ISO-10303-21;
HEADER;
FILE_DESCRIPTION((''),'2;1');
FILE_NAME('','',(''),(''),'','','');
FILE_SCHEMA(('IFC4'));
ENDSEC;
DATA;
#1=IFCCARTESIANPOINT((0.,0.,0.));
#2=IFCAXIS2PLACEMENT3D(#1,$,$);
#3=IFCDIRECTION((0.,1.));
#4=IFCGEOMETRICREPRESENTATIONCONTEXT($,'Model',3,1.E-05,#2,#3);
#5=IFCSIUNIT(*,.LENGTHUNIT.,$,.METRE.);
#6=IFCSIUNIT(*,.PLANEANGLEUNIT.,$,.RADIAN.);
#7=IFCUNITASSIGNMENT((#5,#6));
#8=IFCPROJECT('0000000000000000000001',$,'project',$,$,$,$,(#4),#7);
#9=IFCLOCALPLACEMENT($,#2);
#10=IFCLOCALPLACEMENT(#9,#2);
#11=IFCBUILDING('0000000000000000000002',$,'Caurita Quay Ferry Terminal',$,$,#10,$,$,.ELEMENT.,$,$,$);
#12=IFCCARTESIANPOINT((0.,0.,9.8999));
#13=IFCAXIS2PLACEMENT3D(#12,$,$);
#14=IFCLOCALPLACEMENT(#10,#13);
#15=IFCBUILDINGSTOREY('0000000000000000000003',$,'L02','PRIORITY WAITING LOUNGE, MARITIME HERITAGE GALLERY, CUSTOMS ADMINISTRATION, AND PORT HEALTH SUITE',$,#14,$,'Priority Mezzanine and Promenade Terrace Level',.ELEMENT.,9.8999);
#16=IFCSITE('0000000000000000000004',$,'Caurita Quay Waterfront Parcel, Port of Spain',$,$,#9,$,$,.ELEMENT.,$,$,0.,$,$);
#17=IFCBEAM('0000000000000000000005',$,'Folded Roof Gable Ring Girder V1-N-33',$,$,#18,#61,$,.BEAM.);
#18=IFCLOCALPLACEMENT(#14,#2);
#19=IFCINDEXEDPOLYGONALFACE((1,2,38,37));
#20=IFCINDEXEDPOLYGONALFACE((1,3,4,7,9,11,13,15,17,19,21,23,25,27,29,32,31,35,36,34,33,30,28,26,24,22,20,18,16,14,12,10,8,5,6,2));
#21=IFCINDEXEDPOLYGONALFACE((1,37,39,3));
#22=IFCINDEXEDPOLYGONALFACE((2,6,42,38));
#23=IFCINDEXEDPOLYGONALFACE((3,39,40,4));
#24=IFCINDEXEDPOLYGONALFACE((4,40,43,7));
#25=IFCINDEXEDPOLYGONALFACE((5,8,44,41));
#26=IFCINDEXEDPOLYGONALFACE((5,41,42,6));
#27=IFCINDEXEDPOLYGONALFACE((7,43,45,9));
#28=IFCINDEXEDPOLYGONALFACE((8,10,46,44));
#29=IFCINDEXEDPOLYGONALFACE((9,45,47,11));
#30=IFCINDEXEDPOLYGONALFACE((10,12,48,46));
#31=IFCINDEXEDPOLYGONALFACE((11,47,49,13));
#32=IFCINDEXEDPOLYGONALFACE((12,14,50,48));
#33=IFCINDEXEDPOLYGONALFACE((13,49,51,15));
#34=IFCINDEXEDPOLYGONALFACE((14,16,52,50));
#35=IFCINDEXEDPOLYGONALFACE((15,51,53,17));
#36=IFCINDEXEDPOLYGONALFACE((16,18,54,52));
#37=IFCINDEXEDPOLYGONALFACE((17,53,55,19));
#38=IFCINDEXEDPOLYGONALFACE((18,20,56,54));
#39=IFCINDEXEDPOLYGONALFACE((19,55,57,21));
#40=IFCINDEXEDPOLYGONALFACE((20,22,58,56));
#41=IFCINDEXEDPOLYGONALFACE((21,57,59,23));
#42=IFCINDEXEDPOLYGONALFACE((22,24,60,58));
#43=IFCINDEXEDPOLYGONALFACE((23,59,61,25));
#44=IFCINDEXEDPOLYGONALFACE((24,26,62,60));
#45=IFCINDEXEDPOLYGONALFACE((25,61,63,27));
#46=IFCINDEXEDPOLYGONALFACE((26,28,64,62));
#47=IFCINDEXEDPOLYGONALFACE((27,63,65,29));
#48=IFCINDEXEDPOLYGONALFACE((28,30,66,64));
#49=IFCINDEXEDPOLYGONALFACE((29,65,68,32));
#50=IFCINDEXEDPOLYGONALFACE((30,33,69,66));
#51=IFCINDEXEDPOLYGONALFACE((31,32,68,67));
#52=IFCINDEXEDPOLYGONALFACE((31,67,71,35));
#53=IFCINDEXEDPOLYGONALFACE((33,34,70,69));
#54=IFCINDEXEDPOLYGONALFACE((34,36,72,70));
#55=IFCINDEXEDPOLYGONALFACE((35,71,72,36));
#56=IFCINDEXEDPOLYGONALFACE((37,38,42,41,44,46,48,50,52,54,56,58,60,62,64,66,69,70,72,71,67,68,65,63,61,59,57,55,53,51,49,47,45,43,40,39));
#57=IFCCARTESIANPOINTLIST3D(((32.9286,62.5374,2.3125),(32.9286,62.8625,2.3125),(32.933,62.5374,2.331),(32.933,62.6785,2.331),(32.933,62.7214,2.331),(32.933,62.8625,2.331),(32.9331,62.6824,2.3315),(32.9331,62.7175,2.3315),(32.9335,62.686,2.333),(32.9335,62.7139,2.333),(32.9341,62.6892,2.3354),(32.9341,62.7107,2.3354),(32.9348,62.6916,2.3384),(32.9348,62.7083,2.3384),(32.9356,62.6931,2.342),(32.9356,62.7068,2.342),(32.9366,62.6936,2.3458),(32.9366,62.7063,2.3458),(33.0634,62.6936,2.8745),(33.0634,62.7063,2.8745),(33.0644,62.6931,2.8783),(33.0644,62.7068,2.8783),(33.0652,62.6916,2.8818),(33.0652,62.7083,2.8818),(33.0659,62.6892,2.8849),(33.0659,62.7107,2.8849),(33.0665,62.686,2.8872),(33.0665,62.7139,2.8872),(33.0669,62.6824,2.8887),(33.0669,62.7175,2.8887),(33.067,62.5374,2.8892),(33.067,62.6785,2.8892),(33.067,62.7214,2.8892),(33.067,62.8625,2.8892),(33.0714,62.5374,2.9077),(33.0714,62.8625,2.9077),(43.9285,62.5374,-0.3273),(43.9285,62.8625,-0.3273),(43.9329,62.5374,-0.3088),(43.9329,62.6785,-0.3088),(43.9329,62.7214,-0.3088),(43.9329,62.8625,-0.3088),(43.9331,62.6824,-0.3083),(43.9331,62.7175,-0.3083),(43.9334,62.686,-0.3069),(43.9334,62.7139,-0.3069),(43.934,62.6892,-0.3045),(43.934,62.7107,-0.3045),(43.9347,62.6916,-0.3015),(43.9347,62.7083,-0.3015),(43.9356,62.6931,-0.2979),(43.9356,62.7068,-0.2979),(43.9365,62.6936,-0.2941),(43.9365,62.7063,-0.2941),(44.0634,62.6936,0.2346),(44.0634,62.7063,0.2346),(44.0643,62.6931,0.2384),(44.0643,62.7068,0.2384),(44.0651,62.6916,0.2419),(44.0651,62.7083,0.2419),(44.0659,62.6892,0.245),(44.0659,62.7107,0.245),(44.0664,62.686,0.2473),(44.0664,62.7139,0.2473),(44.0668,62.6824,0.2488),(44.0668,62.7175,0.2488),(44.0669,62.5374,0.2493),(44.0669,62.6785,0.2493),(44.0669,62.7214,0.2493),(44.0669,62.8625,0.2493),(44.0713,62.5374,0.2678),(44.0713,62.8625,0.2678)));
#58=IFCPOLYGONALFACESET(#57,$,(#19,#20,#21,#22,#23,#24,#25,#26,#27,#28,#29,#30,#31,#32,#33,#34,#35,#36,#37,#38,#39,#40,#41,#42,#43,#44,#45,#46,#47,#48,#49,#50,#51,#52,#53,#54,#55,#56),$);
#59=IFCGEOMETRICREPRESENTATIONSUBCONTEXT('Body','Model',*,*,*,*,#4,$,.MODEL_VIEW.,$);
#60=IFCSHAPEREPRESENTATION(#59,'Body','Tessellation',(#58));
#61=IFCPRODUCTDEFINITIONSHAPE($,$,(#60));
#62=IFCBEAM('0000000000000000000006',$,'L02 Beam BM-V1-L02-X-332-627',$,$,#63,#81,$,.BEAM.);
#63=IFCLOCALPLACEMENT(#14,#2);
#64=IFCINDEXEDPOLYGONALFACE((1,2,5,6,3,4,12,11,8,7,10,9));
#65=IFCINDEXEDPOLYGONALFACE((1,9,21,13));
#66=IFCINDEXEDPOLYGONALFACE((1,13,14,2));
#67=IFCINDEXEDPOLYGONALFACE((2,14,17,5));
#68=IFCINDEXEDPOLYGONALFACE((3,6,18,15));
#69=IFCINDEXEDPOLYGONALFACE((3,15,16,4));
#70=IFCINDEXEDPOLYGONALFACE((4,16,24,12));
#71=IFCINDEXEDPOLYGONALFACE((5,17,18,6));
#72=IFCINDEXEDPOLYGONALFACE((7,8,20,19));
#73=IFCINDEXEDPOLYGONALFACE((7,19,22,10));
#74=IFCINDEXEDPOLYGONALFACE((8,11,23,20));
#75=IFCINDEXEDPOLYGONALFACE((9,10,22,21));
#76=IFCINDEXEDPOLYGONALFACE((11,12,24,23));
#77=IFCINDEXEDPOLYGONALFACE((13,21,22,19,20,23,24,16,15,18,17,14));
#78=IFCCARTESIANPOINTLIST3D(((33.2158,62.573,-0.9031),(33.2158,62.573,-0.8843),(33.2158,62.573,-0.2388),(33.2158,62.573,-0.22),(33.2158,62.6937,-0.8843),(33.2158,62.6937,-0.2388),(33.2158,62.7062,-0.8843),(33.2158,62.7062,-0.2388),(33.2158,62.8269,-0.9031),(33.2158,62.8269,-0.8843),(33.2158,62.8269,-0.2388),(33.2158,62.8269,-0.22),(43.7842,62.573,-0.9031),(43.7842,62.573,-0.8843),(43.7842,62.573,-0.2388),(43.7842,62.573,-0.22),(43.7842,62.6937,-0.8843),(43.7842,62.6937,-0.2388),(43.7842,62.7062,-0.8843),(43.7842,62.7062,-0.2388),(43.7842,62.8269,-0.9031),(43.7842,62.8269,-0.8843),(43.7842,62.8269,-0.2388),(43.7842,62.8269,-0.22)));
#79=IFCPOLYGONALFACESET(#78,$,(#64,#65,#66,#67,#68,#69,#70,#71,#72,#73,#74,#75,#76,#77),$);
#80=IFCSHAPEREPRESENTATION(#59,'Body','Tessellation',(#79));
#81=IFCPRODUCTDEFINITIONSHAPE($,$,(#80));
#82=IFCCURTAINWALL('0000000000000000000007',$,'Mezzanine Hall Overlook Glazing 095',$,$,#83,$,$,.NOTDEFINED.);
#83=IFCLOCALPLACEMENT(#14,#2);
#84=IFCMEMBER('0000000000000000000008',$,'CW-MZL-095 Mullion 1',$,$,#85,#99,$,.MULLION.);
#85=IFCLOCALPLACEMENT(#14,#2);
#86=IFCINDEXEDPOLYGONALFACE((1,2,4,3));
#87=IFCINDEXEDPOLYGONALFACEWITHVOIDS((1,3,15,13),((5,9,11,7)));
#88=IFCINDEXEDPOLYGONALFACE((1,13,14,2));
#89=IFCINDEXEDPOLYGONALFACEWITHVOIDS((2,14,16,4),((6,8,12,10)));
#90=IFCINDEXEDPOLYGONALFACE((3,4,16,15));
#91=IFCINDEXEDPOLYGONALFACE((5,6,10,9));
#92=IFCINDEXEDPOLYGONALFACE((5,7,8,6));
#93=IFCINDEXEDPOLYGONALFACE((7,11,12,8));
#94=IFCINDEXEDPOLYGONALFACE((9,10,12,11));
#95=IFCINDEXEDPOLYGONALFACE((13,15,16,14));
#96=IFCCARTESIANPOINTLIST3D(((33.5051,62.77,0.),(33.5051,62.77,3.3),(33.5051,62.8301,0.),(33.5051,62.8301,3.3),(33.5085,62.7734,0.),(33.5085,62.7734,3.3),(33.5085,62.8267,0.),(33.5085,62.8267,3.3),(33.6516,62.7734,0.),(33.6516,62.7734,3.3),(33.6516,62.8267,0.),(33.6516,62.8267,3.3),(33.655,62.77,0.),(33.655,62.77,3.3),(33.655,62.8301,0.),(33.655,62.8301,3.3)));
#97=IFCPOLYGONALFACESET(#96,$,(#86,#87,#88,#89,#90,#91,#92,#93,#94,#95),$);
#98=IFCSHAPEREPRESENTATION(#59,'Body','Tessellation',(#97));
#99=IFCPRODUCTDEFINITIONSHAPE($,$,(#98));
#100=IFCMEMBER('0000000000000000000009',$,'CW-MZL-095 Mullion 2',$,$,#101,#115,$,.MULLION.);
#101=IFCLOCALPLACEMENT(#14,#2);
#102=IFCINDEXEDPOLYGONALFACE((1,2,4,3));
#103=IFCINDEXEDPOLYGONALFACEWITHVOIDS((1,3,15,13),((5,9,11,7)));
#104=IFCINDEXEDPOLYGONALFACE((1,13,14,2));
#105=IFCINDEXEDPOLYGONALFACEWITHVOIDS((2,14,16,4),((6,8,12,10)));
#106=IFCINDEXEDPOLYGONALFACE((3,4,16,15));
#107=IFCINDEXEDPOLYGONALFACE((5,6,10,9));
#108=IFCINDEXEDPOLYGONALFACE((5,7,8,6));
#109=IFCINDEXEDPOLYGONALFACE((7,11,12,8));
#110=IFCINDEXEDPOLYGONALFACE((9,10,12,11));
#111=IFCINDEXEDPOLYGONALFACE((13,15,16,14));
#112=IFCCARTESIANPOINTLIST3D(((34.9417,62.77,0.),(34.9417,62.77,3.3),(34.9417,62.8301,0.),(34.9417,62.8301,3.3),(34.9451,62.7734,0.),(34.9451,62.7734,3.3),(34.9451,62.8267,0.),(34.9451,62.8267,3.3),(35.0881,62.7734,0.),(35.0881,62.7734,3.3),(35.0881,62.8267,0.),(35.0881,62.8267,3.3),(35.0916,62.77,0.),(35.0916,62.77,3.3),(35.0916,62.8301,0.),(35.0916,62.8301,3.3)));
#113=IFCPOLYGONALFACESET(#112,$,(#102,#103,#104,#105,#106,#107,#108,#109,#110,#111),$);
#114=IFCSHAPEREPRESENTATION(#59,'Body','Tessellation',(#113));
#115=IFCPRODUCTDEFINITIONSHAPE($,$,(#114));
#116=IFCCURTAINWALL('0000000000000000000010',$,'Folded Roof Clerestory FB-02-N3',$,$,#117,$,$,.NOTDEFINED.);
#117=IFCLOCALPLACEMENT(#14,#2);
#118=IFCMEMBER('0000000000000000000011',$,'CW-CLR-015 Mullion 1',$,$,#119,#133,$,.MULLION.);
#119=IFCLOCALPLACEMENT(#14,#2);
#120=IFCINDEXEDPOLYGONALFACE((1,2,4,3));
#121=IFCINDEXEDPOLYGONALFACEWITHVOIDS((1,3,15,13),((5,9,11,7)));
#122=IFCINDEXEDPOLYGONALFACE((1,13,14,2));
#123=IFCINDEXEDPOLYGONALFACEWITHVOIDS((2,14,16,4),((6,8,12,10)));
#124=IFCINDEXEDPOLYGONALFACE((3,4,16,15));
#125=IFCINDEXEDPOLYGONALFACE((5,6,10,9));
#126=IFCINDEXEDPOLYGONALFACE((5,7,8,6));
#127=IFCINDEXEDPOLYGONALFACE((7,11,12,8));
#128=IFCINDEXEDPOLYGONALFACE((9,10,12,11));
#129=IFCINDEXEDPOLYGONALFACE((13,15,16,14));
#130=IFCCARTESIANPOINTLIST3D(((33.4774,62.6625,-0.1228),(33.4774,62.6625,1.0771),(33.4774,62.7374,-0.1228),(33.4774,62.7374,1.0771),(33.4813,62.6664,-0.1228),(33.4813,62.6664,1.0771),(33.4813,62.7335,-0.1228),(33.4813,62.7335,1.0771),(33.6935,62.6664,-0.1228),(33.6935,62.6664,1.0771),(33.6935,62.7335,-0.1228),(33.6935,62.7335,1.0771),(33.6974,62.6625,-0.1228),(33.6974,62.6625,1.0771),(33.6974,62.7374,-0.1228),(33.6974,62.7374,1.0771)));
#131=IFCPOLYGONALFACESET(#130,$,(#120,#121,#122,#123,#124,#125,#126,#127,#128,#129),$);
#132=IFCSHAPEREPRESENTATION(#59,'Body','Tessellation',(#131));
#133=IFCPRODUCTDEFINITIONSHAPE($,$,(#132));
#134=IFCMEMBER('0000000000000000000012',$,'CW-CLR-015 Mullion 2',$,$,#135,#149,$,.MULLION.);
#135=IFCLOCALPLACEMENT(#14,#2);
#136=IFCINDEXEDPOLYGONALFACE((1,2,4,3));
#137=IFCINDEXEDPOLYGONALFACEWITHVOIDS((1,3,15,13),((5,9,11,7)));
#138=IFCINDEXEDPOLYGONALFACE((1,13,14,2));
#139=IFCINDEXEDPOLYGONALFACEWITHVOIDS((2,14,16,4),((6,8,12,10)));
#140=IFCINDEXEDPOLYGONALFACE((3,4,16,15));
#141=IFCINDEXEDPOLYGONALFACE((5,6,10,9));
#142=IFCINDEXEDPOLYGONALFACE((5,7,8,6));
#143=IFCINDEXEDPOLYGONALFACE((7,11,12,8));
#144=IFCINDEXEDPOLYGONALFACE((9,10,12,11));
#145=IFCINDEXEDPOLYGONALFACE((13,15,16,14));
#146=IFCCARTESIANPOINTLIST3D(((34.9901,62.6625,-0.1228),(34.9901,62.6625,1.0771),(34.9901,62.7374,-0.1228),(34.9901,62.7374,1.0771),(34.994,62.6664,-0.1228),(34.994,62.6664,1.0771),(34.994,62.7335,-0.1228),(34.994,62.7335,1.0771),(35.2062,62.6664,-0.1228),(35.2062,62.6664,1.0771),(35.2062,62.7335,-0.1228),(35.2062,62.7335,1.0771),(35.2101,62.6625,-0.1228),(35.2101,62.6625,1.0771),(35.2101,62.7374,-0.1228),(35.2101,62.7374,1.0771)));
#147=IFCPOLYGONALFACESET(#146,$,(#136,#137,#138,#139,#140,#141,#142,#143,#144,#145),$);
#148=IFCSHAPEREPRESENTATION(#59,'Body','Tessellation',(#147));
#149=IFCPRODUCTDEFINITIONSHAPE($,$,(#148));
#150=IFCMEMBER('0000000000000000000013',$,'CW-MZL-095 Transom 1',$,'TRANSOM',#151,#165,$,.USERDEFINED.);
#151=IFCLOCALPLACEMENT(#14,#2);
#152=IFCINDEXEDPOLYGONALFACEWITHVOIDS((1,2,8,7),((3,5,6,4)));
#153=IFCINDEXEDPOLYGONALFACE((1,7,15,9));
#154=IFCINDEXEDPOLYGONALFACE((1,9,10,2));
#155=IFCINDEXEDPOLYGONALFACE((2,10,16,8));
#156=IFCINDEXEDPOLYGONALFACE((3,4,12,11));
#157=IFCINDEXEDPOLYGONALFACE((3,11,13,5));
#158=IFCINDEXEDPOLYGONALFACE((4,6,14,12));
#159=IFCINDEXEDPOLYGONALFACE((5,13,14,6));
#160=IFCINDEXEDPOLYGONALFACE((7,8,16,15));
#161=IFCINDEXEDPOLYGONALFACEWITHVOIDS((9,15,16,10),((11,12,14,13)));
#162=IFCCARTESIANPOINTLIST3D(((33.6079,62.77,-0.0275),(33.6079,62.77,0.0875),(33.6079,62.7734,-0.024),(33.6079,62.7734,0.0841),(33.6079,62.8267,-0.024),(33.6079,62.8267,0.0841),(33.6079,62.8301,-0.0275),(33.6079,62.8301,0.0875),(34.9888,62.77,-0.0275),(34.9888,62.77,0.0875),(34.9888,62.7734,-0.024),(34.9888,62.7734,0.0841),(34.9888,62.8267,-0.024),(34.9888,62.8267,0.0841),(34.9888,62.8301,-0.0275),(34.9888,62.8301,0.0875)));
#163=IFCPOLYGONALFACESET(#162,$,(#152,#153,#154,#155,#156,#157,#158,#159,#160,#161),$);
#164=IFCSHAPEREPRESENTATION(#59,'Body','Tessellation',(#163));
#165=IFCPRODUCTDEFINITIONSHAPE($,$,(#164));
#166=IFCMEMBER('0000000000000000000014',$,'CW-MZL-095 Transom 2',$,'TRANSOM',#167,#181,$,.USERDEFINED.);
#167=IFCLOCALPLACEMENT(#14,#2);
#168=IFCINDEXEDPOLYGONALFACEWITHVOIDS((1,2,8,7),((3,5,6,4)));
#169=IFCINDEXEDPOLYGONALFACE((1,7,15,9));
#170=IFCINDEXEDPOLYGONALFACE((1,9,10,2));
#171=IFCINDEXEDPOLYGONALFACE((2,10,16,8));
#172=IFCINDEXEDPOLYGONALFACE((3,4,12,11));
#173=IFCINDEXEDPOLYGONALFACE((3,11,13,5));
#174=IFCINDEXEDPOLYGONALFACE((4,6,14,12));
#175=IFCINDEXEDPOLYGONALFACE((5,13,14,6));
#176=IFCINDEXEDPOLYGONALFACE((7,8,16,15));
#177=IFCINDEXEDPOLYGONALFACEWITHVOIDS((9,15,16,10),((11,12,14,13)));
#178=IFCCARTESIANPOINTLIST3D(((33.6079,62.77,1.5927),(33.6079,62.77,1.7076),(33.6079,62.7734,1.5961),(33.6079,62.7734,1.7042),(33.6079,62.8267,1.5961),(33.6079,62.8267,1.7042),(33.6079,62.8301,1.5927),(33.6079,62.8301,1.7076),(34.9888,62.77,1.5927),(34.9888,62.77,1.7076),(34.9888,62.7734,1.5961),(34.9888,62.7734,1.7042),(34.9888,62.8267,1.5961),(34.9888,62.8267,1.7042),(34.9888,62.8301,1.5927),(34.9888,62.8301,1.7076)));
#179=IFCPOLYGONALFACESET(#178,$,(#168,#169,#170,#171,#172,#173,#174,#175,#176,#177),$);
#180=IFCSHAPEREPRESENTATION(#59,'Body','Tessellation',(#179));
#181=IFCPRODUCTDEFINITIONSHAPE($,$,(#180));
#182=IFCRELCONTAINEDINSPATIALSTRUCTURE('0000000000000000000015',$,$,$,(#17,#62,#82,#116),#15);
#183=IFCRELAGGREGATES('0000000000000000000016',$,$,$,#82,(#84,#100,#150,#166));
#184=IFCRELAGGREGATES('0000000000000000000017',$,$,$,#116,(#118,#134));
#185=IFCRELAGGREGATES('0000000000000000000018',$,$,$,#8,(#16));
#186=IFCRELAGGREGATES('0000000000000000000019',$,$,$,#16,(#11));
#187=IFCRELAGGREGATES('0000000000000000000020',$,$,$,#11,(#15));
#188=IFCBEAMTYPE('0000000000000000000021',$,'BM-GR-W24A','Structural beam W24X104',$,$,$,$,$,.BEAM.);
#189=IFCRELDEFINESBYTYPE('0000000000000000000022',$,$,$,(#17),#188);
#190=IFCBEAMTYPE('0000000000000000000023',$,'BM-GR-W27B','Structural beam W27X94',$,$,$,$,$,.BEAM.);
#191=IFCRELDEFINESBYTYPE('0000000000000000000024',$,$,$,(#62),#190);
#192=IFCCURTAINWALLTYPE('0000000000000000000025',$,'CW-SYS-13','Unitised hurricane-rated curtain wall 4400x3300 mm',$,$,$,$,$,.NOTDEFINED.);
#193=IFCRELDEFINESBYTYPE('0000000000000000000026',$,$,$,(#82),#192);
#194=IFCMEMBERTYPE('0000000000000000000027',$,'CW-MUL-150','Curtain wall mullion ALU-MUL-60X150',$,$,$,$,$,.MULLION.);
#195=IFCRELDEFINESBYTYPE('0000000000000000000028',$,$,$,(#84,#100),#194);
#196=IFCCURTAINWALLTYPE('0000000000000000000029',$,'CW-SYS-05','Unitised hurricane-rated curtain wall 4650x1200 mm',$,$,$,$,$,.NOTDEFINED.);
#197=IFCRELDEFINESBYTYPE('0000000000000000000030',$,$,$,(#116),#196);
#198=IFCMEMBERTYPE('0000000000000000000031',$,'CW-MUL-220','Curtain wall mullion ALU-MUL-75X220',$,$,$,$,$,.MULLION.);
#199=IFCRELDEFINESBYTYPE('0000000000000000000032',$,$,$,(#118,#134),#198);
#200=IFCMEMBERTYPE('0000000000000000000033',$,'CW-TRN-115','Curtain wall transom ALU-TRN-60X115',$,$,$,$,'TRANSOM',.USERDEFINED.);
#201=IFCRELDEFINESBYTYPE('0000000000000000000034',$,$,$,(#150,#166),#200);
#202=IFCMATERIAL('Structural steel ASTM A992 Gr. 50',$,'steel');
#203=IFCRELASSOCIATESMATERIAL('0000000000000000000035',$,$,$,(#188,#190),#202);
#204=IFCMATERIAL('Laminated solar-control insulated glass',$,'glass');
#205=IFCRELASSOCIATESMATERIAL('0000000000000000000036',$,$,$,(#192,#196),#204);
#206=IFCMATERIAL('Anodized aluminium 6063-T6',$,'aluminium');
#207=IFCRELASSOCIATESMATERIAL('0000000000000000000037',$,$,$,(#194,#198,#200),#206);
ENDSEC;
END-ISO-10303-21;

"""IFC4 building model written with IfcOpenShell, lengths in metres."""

from ifc_helpers import new_model, si_unit, direction, frame, origin, origin_2d, place, context, subcontext, project, spatial, hollow_rectangle, i_section, extrude, material, material_profile, profile_set, type_object, element, aggregate, save


model = new_model("IFC4")

# Units and contexts
model_context = context("Model", 3, precision=1e-05, world=origin(), true_north=direction((0.0, 1.0)))
body_context = subcontext(model_context, "Body", "Model", "MODEL_VIEW")
ifc_project = project(units=[si_unit("LENGTHUNIT", "METRE"), si_unit("PLANEANGLEUNIT", "RADIAN")], contexts=[model_context])

# Site, building, storey
site_placement = place(None, origin())
site = spatial("IfcSite", under=ifc_project, at=site_placement, Name="Caurita Quay Waterfront Parcel, Port of Spain", CompositionType="ELEMENT", RefElevation=0.0)
building_placement = place(site_placement, origin())
building = spatial("IfcBuilding", under=site, at=building_placement, Name="Caurita Quay Ferry Terminal", CompositionType="ELEMENT")
storey_placement = place(building_placement, frame((0.0, 0.0, 9.8999)))
storey = spatial("IfcBuildingStorey", under=building, at=storey_placement, Name="L02", Description="PRIORITY WAITING LOUNGE, MARITIME HERITAGE GALLERY, CUSTOMS ADMINISTRATION, AND PORT HEALTH SUITE", LongName="Priority Mezzanine and Promenade Terrace Level", CompositionType="ELEMENT", Elevation=9.8999)

# Beams
ifc_material_1 = material(Name="Structural steel ASTM A992 Gr. 50", Category="steel")
ifc_material_profile_1 = material_profile(ifc_material_1, i_section(OverallWidth=0.3252, OverallDepth=0.6121, WebThickness=0.0127, FlangeThickness=0.019, FilletRadius=0.0151, at=origin_2d()), Name="W24X104")
ifc_profile_set_1 = profile_set([ifc_material_profile_1], Name="Structural steel ASTM A992 Gr. 50")
beam_type_1 = type_object("IfcBeamType", Name="BM-GR-W24A", Description="Structural beam W24X104", PredefinedType="BEAM", material=ifc_profile_set_1)
beam_1_placement = place(storey_placement, frame((33.0, 62.7, 2.6101), z_axis=(0.972389, 0.0, -0.233364), x_axis=(0.0, 1.0, 0.0)))
element("IfcBeam", 1, at=beam_1_placement, inside=storey, type_object=beam_type_1, Name="Folded Roof Gable Ring Girder V1-N-33", PredefinedType="BEAM", context=body_context, shape_type="SweptSolid", body=[
    extrude(i_section(OverallWidth=0.3252, OverallDepth=0.6121, WebThickness=0.0127, FlangeThickness=0.019, FilletRadius=0.0151, at=origin_2d()), origin(), (0.0, 0.0, 1.0), 11.3123),
])
ifc_material_profile_2 = material_profile(ifc_material_1, i_section(OverallWidth=0.2539, OverallDepth=0.6831, WebThickness=0.0125, FlangeThickness=0.0188, at=origin_2d()), Name="W27X94")
ifc_profile_set_2 = profile_set([ifc_material_profile_2], Name="Structural steel ASTM A992 Gr. 50")
beam_type_2 = type_object("IfcBeamType", Name="BM-GR-W27B", Description="Structural beam W27X94", PredefinedType="BEAM", material=ifc_profile_set_2)
beam_2_placement = place(storey_placement, frame((33.2158, 62.7, -0.5615), z_axis=(1.0, 0.0, 0.0), x_axis=(0.0, 1.0, 0.0)))
element("IfcBeam", 2, at=beam_2_placement, inside=storey, type_object=beam_type_2, Name="L02 Beam BM-V1-L02-X-332-627", PredefinedType="BEAM", context=body_context, shape_type="SweptSolid", body=[
    extrude(i_section(OverallWidth=0.2539, OverallDepth=0.6831, WebThickness=0.0125, FlangeThickness=0.0188, at=origin_2d()), origin(), (0.0, 0.0, 1.0), 10.5684),
])

# Curtain walls, members
ifc_material_2 = material(Name="Laminated solar-control insulated glass", Category="glass")
curtain_wall_type_1 = type_object("IfcCurtainWallType", Name="CW-SYS-13", Description="Unitised hurricane-rated curtain wall 4400x3300 mm", PredefinedType="NOTDEFINED", material=ifc_material_2)
curtain_wall_1_placement = place(storey_placement, origin())
curtain_wall_1 = element("IfcCurtainWall", 3, at=curtain_wall_1_placement, inside=storey, type_object=curtain_wall_type_1, Name="Mezzanine Hall Overlook Glazing 095", PredefinedType="NOTDEFINED")
ifc_material_3 = material(Name="Anodized aluminium 6063-T6", Category="aluminium")
ifc_material_profile_3 = material_profile(ifc_material_3, hollow_rectangle(XDim=0.0601, YDim=0.1499, WallThickness=0.0034, at=origin_2d()), Name="ALU-MUL-60X150")
ifc_profile_set_3 = profile_set([ifc_material_profile_3], Name="Anodized aluminium 6063-T6")
member_type_1 = type_object("IfcMemberType", Name="CW-MUL-150", Description="Curtain wall mullion ALU-MUL-60X150", PredefinedType="MULLION", material=ifc_profile_set_3)
member_1_placement = place(storey_placement, frame((33.5801, 62.8, 0.0), z_axis=(0.0, 0.0, 1.0), x_axis=(0.0, 1.0, 0.0)))
member_1 = element("IfcMember", 4, at=member_1_placement, type_object=member_type_1, Name="CW-MZL-095 Mullion 1", PredefinedType="MULLION", context=body_context, shape_type="SweptSolid", body=[
    extrude(hollow_rectangle(XDim=0.0601, YDim=0.1499, WallThickness=0.0034, at=origin_2d()), origin(), (0.0, 0.0, 1.0), 3.3),
])
member_2_placement = place(storey_placement, frame((35.0166, 62.8, 0.0), z_axis=(0.0, 0.0, 1.0), x_axis=(0.0, 1.0, 0.0)))
member_2 = element("IfcMember", 5, at=member_2_placement, type_object=member_type_1, Name="CW-MZL-095 Mullion 2", PredefinedType="MULLION", context=body_context, shape_type="SweptSolid", body=[
    extrude(hollow_rectangle(XDim=0.0601, YDim=0.1499, WallThickness=0.0034, at=origin_2d()), origin(), (0.0, 0.0, 1.0), 3.3),
])
curtain_wall_type_2 = type_object("IfcCurtainWallType", Name="CW-SYS-05", Description="Unitised hurricane-rated curtain wall 4650x1200 mm", PredefinedType="NOTDEFINED", material=ifc_material_2)
curtain_wall_2_placement = place(storey_placement, origin())
curtain_wall_2 = element("IfcCurtainWall", 6, at=curtain_wall_2_placement, inside=storey, type_object=curtain_wall_type_2, Name="Folded Roof Clerestory FB-02-N3", PredefinedType="NOTDEFINED")
ifc_material_profile_4 = material_profile(ifc_material_3, hollow_rectangle(XDim=0.075, YDim=0.22, WallThickness=0.0039, at=origin_2d()), Name="ALU-MUL-75X220")
ifc_profile_set_4 = profile_set([ifc_material_profile_4], Name="Anodized aluminium 6063-T6")
member_type_2 = type_object("IfcMemberType", Name="CW-MUL-220", Description="Curtain wall mullion ALU-MUL-75X220", PredefinedType="MULLION", material=ifc_profile_set_4)
member_3_placement = place(storey_placement, frame((33.5874, 62.7, -0.1228), z_axis=(0.0, 0.0, 1.0), x_axis=(0.0, 1.0, 0.0)))
member_3 = element("IfcMember", 7, at=member_3_placement, type_object=member_type_2, Name="CW-CLR-015 Mullion 1", PredefinedType="MULLION", context=body_context, shape_type="SweptSolid", body=[
    extrude(hollow_rectangle(XDim=0.075, YDim=0.22, WallThickness=0.0039, at=origin_2d()), origin(), (0.0, 0.0, 1.0), 1.2),
])
member_4_placement = place(storey_placement, frame((35.1001, 62.7, -0.1228), z_axis=(0.0, 0.0, 1.0), x_axis=(0.0, 1.0, 0.0)))
member_4 = element("IfcMember", 8, at=member_4_placement, type_object=member_type_2, Name="CW-CLR-015 Mullion 2", PredefinedType="MULLION", context=body_context, shape_type="SweptSolid", body=[
    extrude(hollow_rectangle(XDim=0.075, YDim=0.22, WallThickness=0.0039, at=origin_2d()), origin(), (0.0, 0.0, 1.0), 1.2),
])

# Members
ifc_material_profile_5 = material_profile(ifc_material_3, hollow_rectangle(XDim=0.0601, YDim=0.115, WallThickness=0.0034, at=origin_2d()), Name="ALU-TRN-60X115")
ifc_profile_set_5 = profile_set([ifc_material_profile_5], Name="Anodized aluminium 6063-T6")
member_type_3 = type_object("IfcMemberType", Name="CW-TRN-115", Description="Curtain wall transom ALU-TRN-60X115", ElementType="TRANSOM", PredefinedType="USERDEFINED", material=ifc_profile_set_5)
member_5_placement = place(storey_placement, frame((33.6079, 62.8, 0.03), z_axis=(1.0, 0.0, 0.0), x_axis=(0.0, 1.0, 0.0)))
member_5 = element("IfcMember", 9, at=member_5_placement, type_object=member_type_3, Name="CW-MZL-095 Transom 1", ObjectType="TRANSOM", PredefinedType="USERDEFINED", context=body_context, shape_type="SweptSolid", body=[
    extrude(hollow_rectangle(XDim=0.0601, YDim=0.115, WallThickness=0.0034, at=origin_2d()), origin(), (0.0, 0.0, 1.0), 1.3809),
])
member_6_placement = place(storey_placement, frame((33.6079, 62.8, 1.6501), z_axis=(1.0, 0.0, 0.0), x_axis=(0.0, 1.0, 0.0)))
member_6 = element("IfcMember", 10, at=member_6_placement, type_object=member_type_3, Name="CW-MZL-095 Transom 2", ObjectType="TRANSOM", PredefinedType="USERDEFINED", context=body_context, shape_type="SweptSolid", body=[
    extrude(hollow_rectangle(XDim=0.0601, YDim=0.115, WallThickness=0.0034, at=origin_2d()), origin(), (0.0, 0.0, 1.0), 1.3809),
])

aggregate(curtain_wall_1, [member_1, member_2, member_5, member_6])
aggregate(curtain_wall_2, [member_3, member_4])

save(model, "model.ifc")
